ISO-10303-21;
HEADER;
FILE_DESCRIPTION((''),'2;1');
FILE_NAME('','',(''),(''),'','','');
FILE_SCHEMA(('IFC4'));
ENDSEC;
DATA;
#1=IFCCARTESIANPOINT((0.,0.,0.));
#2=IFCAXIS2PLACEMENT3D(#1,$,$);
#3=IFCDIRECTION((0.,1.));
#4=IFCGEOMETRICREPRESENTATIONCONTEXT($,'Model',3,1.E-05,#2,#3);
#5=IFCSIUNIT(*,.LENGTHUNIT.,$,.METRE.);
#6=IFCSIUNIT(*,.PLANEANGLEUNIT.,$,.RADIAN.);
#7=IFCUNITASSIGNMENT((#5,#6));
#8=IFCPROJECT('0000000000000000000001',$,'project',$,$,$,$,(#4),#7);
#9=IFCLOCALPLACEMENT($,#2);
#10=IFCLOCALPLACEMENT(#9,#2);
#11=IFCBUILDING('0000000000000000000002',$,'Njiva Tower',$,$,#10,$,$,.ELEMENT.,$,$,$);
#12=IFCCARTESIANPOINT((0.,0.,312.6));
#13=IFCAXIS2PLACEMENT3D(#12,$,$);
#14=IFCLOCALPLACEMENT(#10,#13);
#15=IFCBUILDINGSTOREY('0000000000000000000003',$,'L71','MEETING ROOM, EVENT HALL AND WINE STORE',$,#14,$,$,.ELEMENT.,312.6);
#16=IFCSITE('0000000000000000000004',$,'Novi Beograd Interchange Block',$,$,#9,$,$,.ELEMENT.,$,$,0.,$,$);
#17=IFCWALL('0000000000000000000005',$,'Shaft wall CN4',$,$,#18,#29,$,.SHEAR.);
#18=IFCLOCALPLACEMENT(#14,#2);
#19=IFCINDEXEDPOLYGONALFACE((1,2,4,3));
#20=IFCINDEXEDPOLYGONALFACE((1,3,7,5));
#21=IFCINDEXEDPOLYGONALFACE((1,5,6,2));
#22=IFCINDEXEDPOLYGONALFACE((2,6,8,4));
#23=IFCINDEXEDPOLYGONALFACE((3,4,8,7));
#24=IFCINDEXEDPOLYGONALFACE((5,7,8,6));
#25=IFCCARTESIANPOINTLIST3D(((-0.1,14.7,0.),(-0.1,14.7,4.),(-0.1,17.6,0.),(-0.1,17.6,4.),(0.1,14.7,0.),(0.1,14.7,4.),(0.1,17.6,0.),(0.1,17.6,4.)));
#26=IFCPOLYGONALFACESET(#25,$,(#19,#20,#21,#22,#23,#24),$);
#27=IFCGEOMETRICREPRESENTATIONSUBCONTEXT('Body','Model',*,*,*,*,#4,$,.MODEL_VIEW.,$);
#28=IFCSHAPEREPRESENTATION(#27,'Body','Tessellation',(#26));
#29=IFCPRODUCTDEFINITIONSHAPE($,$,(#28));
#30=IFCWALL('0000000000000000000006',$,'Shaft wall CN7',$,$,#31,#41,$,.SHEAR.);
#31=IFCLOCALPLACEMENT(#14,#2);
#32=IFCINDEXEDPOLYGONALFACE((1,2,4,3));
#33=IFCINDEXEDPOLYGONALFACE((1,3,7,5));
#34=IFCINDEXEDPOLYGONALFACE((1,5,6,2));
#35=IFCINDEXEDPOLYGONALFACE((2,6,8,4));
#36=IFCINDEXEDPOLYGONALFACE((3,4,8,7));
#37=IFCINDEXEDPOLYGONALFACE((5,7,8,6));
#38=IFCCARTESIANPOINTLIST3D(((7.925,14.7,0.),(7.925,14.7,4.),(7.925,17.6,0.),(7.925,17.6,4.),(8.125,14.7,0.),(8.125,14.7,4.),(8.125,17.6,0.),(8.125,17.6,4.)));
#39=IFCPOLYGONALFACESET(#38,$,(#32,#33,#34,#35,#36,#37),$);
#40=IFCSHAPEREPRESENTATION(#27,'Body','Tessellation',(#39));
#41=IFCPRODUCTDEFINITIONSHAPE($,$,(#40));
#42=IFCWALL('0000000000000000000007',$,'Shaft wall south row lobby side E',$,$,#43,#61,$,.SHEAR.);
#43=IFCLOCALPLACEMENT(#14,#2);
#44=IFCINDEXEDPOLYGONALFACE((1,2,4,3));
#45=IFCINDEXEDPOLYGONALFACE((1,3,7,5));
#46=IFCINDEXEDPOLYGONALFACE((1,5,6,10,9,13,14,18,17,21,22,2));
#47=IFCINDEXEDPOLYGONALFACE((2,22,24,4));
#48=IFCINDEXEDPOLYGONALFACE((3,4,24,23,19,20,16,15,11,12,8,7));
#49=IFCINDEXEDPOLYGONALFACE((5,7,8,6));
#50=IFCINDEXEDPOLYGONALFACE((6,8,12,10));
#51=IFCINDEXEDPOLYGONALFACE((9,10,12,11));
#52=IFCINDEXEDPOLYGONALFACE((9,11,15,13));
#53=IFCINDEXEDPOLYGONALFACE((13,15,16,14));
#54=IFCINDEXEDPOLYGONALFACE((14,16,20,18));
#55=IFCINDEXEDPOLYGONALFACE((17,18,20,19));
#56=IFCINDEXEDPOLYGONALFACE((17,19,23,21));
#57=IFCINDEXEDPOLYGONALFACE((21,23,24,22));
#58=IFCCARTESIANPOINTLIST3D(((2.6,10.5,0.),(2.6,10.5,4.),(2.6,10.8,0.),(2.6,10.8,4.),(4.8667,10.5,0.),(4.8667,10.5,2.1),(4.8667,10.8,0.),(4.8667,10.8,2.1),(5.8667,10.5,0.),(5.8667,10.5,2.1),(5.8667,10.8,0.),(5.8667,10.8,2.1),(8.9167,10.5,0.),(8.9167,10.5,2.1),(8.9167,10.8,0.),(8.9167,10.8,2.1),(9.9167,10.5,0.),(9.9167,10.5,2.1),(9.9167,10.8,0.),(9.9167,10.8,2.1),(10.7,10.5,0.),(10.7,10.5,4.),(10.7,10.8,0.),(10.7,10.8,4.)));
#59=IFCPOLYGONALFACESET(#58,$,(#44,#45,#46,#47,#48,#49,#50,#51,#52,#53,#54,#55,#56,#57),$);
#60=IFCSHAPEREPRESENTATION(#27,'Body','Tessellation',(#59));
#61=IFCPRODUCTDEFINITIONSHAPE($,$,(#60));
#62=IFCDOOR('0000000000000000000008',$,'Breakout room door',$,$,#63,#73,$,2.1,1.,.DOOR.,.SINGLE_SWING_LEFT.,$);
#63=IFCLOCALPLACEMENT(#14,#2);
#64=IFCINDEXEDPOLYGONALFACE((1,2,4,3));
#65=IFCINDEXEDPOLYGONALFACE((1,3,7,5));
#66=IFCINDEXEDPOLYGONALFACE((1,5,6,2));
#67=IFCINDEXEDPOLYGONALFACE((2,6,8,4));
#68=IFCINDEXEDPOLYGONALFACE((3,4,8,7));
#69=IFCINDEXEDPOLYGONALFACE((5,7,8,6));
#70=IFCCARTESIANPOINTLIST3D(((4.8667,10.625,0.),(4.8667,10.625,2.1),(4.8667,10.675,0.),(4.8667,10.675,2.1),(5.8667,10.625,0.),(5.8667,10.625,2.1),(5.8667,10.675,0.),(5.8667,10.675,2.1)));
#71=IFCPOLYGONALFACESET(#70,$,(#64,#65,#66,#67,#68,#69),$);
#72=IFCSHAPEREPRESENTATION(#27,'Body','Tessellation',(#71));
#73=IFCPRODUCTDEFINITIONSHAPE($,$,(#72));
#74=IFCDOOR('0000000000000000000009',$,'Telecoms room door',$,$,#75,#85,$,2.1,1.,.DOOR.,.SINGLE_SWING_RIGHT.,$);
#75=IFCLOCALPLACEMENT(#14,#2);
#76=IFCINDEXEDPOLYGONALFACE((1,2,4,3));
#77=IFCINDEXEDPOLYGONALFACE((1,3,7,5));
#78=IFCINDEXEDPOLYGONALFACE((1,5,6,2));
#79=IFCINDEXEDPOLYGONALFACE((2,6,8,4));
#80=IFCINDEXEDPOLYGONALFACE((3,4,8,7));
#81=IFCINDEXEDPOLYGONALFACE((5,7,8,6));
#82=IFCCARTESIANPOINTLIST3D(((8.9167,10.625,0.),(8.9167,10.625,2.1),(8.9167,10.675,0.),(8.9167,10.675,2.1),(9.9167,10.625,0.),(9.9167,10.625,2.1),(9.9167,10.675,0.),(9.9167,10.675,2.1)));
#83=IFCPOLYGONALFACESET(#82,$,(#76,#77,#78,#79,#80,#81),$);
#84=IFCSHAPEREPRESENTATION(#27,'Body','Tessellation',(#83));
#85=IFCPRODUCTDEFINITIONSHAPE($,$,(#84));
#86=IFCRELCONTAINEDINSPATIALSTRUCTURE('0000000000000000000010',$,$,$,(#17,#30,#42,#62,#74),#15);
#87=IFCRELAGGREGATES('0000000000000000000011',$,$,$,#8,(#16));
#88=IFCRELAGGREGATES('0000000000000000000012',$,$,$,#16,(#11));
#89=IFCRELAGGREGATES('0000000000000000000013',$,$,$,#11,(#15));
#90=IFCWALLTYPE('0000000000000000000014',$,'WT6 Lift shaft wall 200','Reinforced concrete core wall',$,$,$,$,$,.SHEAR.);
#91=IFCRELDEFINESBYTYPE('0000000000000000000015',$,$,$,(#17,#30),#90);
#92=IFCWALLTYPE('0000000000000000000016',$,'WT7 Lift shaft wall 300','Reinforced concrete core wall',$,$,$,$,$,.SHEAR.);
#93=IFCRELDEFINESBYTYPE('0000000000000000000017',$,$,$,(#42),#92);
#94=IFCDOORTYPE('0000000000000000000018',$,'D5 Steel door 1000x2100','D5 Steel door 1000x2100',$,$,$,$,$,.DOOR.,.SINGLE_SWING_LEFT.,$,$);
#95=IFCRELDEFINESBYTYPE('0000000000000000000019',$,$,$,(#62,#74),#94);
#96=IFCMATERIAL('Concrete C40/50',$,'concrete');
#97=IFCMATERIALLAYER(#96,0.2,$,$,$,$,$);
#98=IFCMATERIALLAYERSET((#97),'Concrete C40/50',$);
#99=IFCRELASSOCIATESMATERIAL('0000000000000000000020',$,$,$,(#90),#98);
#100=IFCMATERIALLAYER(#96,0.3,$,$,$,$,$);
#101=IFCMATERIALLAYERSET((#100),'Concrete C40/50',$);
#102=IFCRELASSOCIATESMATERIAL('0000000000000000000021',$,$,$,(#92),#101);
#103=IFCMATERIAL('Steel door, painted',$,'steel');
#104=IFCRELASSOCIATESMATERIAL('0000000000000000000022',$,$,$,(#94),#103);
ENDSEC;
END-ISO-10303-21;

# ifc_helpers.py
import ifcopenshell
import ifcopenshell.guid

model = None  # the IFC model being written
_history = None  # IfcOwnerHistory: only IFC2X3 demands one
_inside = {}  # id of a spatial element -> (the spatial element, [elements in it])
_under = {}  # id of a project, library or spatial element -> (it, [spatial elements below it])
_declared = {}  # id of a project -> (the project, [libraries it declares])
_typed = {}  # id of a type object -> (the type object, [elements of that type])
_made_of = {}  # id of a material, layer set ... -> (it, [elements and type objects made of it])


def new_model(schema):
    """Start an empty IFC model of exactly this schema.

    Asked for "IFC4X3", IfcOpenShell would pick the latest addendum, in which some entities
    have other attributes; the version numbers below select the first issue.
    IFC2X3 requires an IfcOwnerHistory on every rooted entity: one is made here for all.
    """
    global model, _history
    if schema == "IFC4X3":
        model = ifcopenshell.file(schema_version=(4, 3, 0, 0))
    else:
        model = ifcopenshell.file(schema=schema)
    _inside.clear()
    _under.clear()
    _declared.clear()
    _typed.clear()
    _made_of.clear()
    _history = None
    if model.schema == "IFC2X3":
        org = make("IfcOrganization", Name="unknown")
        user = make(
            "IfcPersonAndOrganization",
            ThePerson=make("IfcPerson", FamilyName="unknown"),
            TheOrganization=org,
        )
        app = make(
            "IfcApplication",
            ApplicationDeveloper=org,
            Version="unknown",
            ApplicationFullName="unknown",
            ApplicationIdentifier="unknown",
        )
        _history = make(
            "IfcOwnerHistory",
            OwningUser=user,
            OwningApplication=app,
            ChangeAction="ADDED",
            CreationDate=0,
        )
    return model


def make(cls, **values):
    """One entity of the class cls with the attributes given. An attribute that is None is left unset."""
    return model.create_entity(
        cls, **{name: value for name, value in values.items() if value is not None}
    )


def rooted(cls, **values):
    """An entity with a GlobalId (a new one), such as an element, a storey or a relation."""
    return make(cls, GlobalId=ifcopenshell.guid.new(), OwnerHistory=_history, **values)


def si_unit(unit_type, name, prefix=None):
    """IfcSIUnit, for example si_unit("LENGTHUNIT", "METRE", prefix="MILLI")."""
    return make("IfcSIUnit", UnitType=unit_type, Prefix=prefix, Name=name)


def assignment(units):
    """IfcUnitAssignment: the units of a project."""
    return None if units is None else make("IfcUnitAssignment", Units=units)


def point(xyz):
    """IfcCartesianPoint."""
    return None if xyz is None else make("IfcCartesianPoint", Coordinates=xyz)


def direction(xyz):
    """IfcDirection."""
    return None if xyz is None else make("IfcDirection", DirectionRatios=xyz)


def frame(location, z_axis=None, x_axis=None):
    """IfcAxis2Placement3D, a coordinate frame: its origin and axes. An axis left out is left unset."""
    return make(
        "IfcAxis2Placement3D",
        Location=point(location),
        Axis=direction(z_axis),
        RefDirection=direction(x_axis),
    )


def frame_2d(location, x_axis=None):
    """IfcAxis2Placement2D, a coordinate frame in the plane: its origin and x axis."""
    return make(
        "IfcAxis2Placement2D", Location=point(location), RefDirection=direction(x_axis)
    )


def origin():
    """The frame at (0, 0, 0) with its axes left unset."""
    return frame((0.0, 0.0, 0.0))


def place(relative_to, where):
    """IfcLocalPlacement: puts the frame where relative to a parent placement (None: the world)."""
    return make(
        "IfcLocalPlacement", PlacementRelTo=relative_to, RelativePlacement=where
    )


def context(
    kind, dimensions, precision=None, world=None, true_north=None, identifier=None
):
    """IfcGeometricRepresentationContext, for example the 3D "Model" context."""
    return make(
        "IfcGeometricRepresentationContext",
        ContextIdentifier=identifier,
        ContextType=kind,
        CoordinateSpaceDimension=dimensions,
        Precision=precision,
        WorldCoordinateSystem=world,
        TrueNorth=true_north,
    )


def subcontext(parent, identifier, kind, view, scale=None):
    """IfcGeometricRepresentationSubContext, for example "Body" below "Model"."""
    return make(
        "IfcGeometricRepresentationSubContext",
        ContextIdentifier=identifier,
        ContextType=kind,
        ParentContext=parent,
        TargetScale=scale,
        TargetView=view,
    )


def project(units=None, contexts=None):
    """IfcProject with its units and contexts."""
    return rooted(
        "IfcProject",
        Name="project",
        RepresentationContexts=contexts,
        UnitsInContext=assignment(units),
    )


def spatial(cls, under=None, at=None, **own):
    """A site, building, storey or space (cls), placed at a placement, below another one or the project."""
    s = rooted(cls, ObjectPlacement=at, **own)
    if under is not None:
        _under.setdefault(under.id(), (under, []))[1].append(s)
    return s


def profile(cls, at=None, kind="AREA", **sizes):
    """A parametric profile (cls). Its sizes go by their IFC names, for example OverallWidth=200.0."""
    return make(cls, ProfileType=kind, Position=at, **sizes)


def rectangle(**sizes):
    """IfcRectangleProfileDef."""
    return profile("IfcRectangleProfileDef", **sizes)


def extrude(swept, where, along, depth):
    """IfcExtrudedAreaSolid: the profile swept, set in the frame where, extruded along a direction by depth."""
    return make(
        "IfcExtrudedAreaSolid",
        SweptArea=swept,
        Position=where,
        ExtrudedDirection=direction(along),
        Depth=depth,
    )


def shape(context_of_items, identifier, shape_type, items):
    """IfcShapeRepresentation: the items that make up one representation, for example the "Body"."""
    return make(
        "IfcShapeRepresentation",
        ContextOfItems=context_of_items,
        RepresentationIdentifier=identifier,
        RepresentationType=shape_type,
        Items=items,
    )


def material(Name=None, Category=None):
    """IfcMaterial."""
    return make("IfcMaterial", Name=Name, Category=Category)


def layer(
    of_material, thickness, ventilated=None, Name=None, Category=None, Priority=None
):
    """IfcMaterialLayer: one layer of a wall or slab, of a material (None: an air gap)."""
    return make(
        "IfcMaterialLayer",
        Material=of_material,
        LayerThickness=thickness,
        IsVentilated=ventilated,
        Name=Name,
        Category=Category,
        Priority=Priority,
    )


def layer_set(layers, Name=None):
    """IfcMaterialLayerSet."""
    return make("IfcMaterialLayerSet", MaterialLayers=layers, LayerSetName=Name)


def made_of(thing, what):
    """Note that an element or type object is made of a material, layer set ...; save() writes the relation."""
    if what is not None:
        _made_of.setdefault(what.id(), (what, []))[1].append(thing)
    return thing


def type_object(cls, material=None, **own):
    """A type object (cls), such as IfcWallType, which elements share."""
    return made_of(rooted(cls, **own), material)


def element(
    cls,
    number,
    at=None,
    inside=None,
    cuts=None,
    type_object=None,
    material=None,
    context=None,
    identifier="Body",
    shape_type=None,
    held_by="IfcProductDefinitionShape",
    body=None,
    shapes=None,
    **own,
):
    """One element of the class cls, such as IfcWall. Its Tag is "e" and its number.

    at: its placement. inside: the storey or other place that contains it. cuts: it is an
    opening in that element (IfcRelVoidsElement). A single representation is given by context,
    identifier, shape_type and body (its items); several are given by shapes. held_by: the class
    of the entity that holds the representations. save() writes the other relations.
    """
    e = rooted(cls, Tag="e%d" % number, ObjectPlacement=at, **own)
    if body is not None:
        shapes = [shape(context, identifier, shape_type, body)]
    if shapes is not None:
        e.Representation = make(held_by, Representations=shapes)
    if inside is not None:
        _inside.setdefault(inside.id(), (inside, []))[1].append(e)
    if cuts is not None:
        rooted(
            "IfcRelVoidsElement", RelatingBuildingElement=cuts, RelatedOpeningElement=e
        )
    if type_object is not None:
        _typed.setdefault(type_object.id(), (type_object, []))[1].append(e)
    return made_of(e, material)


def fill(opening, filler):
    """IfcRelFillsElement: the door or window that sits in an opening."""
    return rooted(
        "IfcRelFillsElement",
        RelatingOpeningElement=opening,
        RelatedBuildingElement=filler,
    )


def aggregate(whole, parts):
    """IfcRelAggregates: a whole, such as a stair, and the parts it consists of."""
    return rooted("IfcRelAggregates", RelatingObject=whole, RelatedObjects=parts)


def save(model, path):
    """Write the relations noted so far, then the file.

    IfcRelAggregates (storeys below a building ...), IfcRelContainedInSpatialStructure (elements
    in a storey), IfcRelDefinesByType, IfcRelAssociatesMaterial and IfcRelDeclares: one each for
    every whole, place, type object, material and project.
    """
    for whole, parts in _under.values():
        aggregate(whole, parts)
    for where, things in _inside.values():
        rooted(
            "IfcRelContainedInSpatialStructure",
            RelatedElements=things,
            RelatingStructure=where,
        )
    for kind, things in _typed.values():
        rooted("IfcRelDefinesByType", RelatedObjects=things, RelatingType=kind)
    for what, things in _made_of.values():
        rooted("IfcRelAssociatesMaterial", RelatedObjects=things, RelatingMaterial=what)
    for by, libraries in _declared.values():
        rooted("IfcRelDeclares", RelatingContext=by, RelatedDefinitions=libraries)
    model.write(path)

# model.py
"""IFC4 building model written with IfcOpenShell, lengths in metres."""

from ifc_helpers import new_model, si_unit, direction, frame, frame_2d, origin, place, context, subcontext, project, spatial, rectangle, extrude, material, layer, layer_set, type_object, element, fill, save


model = new_model("IFC4")

# Units and contexts
model_context = context("Model", 3, precision=1e-05, world=origin(), true_north=direction((0.0, 1.0)))
body_context = subcontext(model_context, "Body", "Model", "MODEL_VIEW")
ifc_project = project(units=[si_unit("LENGTHUNIT", "METRE"), si_unit("PLANEANGLEUNIT", "RADIAN")], contexts=[model_context])

# Site, building, storey
site_placement = place(None, origin())
site = spatial("IfcSite", under=ifc_project, at=site_placement, Name="Novi Beograd Interchange Block", CompositionType="ELEMENT", RefElevation=0.0)
building_placement = place(site_placement, origin())
building = spatial("IfcBuilding", under=site, at=building_placement, Name="Njiva Tower", CompositionType="ELEMENT")
storey_placement = place(building_placement, frame((0.0, 0.0, 312.6)))
storey = spatial("IfcBuildingStorey", under=building, at=storey_placement, Name="L71", Description="MEETING ROOM, EVENT HALL AND WINE STORE", CompositionType="ELEMENT", Elevation=312.6)

# Walls
ifc_material_1 = material(Name="Concrete C40/50", Category="concrete")
ifc_layer_1 = layer(ifc_material_1, 0.2)
ifc_layer_set_1 = layer_set([ifc_layer_1], Name="Concrete C40/50")
wall_type_1 = type_object("IfcWallType", Name="WT6 Lift shaft wall 200", Description="Reinforced concrete core wall", PredefinedType="SHEAR", material=ifc_layer_set_1)
for number, where, z_axis, x_axis, name in (
    (1, (0.0, 14.7, 0.0), (0.0, 0.0, 1.0), (0.0, 1.0, 0.0), "Shaft wall CN4"),
    (2, (8.025, 14.7, 0.0), (0.0, 0.0, 1.0), (0.0, 1.0, 0.0), "Shaft wall CN7"),
):
    element("IfcWall", number, at=place(storey_placement, frame(where, z_axis=z_axis, x_axis=x_axis)), inside=storey, type_object=wall_type_1, Name=name, PredefinedType="SHEAR", context=body_context, shape_type="SweptSolid", body=[
        extrude(rectangle(XDim=2.9, YDim=0.2, at=frame_2d((1.45, 0.0))), origin(), (0.0, 0.0, 1.0), 4.0),
    ])

# Wall, openings, doors
ifc_layer_2 = layer(ifc_material_1, 0.3)
ifc_layer_set_2 = layer_set([ifc_layer_2], Name="Concrete C40/50")
wall_type_2 = type_object("IfcWallType", Name="WT7 Lift shaft wall 300", Description="Reinforced concrete core wall", PredefinedType="SHEAR", material=ifc_layer_set_2)
wall_1_placement = place(storey_placement, frame((2.6, 10.65, 0.0), z_axis=(0.0, 0.0, 1.0), x_axis=(1.0, 0.0, 0.0)))
wall_1 = element("IfcWall", 3, at=wall_1_placement, inside=storey, type_object=wall_type_2, Name="Shaft wall south row lobby side E", PredefinedType="SHEAR", context=body_context, shape_type="SweptSolid", body=[
    extrude(rectangle(XDim=8.1, YDim=0.3, at=frame_2d((4.05, 0.0))), origin(), (0.0, 0.0, 1.0), 4.0),
])
opening_1_placement = place(wall_1_placement, frame((2.2667, 0.0, 0.0)))
opening_1 = element("IfcOpeningElement", 4, at=opening_1_placement, cuts=wall_1, PredefinedType="OPENING", context=body_context, shape_type="SweptSolid", body=[
    extrude(rectangle(XDim=1.0, YDim=2.1, at=frame_2d((0.5, 1.05))), frame((0.0, 0.16, 0.0), z_axis=(0.0, -1.0, 0.0), x_axis=(1.0, 0.0, 0.0)), (0.0, 0.0, 1.0), 0.32),
])
opening_2_placement = place(wall_1_placement, frame((6.3167, 0.0, 0.0)))
opening_2 = element("IfcOpeningElement", 5, at=opening_2_placement, cuts=wall_1, PredefinedType="OPENING", context=body_context, shape_type="SweptSolid", body=[
    extrude(rectangle(XDim=1.0, YDim=2.1, at=frame_2d((0.5, 1.05))), frame((0.0, 0.16, 0.0), z_axis=(0.0, -1.0, 0.0), x_axis=(1.0, 0.0, 0.0)), (0.0, 0.0, 1.0), 0.32),
])
ifc_material_2 = material(Name="Steel door, painted", Category="steel")
door_type_1 = type_object("IfcDoorType", Name="D5 Steel door 1000x2100", Description="D5 Steel door 1000x2100", OperationType="SINGLE_SWING_LEFT", PredefinedType="DOOR", material=ifc_material_2)
door_1_placement = place(opening_1_placement, origin())
door_1 = element("IfcDoor", 6, at=door_1_placement, inside=storey, type_object=door_type_1, Name="Breakout room door", OperationType="SINGLE_SWING_LEFT", OverallHeight=2.1, OverallWidth=1.0, PredefinedType="DOOR", context=body_context, shape_type="SweptSolid", body=[
    extrude(rectangle(XDim=1.0, YDim=2.1, at=frame_2d((0.5, 1.05))), frame((0.0, 0.025, 0.0), z_axis=(0.0, -1.0, 0.0), x_axis=(1.0, 0.0, 0.0)), (0.0, 0.0, 1.0), 0.05),
])
fill(opening_1, door_1)
door_2_placement = place(opening_2_placement, origin())
door_2 = element("IfcDoor", 7, at=door_2_placement, inside=storey, type_object=door_type_1, Name="Telecoms room door", OperationType="SINGLE_SWING_RIGHT", OverallHeight=2.1, OverallWidth=1.0, PredefinedType="DOOR", context=body_context, shape_type="SweptSolid", body=[
    extrude(rectangle(XDim=1.0, YDim=2.1, at=frame_2d((0.5, 1.05))), frame((0.0, 0.025, 0.0), z_axis=(0.0, -1.0, 0.0), x_axis=(1.0, 0.0, 0.0)), (0.0, 0.0, 1.0), 0.05),
])
fill(opening_2, door_2)

save(model, "model.ifc")
